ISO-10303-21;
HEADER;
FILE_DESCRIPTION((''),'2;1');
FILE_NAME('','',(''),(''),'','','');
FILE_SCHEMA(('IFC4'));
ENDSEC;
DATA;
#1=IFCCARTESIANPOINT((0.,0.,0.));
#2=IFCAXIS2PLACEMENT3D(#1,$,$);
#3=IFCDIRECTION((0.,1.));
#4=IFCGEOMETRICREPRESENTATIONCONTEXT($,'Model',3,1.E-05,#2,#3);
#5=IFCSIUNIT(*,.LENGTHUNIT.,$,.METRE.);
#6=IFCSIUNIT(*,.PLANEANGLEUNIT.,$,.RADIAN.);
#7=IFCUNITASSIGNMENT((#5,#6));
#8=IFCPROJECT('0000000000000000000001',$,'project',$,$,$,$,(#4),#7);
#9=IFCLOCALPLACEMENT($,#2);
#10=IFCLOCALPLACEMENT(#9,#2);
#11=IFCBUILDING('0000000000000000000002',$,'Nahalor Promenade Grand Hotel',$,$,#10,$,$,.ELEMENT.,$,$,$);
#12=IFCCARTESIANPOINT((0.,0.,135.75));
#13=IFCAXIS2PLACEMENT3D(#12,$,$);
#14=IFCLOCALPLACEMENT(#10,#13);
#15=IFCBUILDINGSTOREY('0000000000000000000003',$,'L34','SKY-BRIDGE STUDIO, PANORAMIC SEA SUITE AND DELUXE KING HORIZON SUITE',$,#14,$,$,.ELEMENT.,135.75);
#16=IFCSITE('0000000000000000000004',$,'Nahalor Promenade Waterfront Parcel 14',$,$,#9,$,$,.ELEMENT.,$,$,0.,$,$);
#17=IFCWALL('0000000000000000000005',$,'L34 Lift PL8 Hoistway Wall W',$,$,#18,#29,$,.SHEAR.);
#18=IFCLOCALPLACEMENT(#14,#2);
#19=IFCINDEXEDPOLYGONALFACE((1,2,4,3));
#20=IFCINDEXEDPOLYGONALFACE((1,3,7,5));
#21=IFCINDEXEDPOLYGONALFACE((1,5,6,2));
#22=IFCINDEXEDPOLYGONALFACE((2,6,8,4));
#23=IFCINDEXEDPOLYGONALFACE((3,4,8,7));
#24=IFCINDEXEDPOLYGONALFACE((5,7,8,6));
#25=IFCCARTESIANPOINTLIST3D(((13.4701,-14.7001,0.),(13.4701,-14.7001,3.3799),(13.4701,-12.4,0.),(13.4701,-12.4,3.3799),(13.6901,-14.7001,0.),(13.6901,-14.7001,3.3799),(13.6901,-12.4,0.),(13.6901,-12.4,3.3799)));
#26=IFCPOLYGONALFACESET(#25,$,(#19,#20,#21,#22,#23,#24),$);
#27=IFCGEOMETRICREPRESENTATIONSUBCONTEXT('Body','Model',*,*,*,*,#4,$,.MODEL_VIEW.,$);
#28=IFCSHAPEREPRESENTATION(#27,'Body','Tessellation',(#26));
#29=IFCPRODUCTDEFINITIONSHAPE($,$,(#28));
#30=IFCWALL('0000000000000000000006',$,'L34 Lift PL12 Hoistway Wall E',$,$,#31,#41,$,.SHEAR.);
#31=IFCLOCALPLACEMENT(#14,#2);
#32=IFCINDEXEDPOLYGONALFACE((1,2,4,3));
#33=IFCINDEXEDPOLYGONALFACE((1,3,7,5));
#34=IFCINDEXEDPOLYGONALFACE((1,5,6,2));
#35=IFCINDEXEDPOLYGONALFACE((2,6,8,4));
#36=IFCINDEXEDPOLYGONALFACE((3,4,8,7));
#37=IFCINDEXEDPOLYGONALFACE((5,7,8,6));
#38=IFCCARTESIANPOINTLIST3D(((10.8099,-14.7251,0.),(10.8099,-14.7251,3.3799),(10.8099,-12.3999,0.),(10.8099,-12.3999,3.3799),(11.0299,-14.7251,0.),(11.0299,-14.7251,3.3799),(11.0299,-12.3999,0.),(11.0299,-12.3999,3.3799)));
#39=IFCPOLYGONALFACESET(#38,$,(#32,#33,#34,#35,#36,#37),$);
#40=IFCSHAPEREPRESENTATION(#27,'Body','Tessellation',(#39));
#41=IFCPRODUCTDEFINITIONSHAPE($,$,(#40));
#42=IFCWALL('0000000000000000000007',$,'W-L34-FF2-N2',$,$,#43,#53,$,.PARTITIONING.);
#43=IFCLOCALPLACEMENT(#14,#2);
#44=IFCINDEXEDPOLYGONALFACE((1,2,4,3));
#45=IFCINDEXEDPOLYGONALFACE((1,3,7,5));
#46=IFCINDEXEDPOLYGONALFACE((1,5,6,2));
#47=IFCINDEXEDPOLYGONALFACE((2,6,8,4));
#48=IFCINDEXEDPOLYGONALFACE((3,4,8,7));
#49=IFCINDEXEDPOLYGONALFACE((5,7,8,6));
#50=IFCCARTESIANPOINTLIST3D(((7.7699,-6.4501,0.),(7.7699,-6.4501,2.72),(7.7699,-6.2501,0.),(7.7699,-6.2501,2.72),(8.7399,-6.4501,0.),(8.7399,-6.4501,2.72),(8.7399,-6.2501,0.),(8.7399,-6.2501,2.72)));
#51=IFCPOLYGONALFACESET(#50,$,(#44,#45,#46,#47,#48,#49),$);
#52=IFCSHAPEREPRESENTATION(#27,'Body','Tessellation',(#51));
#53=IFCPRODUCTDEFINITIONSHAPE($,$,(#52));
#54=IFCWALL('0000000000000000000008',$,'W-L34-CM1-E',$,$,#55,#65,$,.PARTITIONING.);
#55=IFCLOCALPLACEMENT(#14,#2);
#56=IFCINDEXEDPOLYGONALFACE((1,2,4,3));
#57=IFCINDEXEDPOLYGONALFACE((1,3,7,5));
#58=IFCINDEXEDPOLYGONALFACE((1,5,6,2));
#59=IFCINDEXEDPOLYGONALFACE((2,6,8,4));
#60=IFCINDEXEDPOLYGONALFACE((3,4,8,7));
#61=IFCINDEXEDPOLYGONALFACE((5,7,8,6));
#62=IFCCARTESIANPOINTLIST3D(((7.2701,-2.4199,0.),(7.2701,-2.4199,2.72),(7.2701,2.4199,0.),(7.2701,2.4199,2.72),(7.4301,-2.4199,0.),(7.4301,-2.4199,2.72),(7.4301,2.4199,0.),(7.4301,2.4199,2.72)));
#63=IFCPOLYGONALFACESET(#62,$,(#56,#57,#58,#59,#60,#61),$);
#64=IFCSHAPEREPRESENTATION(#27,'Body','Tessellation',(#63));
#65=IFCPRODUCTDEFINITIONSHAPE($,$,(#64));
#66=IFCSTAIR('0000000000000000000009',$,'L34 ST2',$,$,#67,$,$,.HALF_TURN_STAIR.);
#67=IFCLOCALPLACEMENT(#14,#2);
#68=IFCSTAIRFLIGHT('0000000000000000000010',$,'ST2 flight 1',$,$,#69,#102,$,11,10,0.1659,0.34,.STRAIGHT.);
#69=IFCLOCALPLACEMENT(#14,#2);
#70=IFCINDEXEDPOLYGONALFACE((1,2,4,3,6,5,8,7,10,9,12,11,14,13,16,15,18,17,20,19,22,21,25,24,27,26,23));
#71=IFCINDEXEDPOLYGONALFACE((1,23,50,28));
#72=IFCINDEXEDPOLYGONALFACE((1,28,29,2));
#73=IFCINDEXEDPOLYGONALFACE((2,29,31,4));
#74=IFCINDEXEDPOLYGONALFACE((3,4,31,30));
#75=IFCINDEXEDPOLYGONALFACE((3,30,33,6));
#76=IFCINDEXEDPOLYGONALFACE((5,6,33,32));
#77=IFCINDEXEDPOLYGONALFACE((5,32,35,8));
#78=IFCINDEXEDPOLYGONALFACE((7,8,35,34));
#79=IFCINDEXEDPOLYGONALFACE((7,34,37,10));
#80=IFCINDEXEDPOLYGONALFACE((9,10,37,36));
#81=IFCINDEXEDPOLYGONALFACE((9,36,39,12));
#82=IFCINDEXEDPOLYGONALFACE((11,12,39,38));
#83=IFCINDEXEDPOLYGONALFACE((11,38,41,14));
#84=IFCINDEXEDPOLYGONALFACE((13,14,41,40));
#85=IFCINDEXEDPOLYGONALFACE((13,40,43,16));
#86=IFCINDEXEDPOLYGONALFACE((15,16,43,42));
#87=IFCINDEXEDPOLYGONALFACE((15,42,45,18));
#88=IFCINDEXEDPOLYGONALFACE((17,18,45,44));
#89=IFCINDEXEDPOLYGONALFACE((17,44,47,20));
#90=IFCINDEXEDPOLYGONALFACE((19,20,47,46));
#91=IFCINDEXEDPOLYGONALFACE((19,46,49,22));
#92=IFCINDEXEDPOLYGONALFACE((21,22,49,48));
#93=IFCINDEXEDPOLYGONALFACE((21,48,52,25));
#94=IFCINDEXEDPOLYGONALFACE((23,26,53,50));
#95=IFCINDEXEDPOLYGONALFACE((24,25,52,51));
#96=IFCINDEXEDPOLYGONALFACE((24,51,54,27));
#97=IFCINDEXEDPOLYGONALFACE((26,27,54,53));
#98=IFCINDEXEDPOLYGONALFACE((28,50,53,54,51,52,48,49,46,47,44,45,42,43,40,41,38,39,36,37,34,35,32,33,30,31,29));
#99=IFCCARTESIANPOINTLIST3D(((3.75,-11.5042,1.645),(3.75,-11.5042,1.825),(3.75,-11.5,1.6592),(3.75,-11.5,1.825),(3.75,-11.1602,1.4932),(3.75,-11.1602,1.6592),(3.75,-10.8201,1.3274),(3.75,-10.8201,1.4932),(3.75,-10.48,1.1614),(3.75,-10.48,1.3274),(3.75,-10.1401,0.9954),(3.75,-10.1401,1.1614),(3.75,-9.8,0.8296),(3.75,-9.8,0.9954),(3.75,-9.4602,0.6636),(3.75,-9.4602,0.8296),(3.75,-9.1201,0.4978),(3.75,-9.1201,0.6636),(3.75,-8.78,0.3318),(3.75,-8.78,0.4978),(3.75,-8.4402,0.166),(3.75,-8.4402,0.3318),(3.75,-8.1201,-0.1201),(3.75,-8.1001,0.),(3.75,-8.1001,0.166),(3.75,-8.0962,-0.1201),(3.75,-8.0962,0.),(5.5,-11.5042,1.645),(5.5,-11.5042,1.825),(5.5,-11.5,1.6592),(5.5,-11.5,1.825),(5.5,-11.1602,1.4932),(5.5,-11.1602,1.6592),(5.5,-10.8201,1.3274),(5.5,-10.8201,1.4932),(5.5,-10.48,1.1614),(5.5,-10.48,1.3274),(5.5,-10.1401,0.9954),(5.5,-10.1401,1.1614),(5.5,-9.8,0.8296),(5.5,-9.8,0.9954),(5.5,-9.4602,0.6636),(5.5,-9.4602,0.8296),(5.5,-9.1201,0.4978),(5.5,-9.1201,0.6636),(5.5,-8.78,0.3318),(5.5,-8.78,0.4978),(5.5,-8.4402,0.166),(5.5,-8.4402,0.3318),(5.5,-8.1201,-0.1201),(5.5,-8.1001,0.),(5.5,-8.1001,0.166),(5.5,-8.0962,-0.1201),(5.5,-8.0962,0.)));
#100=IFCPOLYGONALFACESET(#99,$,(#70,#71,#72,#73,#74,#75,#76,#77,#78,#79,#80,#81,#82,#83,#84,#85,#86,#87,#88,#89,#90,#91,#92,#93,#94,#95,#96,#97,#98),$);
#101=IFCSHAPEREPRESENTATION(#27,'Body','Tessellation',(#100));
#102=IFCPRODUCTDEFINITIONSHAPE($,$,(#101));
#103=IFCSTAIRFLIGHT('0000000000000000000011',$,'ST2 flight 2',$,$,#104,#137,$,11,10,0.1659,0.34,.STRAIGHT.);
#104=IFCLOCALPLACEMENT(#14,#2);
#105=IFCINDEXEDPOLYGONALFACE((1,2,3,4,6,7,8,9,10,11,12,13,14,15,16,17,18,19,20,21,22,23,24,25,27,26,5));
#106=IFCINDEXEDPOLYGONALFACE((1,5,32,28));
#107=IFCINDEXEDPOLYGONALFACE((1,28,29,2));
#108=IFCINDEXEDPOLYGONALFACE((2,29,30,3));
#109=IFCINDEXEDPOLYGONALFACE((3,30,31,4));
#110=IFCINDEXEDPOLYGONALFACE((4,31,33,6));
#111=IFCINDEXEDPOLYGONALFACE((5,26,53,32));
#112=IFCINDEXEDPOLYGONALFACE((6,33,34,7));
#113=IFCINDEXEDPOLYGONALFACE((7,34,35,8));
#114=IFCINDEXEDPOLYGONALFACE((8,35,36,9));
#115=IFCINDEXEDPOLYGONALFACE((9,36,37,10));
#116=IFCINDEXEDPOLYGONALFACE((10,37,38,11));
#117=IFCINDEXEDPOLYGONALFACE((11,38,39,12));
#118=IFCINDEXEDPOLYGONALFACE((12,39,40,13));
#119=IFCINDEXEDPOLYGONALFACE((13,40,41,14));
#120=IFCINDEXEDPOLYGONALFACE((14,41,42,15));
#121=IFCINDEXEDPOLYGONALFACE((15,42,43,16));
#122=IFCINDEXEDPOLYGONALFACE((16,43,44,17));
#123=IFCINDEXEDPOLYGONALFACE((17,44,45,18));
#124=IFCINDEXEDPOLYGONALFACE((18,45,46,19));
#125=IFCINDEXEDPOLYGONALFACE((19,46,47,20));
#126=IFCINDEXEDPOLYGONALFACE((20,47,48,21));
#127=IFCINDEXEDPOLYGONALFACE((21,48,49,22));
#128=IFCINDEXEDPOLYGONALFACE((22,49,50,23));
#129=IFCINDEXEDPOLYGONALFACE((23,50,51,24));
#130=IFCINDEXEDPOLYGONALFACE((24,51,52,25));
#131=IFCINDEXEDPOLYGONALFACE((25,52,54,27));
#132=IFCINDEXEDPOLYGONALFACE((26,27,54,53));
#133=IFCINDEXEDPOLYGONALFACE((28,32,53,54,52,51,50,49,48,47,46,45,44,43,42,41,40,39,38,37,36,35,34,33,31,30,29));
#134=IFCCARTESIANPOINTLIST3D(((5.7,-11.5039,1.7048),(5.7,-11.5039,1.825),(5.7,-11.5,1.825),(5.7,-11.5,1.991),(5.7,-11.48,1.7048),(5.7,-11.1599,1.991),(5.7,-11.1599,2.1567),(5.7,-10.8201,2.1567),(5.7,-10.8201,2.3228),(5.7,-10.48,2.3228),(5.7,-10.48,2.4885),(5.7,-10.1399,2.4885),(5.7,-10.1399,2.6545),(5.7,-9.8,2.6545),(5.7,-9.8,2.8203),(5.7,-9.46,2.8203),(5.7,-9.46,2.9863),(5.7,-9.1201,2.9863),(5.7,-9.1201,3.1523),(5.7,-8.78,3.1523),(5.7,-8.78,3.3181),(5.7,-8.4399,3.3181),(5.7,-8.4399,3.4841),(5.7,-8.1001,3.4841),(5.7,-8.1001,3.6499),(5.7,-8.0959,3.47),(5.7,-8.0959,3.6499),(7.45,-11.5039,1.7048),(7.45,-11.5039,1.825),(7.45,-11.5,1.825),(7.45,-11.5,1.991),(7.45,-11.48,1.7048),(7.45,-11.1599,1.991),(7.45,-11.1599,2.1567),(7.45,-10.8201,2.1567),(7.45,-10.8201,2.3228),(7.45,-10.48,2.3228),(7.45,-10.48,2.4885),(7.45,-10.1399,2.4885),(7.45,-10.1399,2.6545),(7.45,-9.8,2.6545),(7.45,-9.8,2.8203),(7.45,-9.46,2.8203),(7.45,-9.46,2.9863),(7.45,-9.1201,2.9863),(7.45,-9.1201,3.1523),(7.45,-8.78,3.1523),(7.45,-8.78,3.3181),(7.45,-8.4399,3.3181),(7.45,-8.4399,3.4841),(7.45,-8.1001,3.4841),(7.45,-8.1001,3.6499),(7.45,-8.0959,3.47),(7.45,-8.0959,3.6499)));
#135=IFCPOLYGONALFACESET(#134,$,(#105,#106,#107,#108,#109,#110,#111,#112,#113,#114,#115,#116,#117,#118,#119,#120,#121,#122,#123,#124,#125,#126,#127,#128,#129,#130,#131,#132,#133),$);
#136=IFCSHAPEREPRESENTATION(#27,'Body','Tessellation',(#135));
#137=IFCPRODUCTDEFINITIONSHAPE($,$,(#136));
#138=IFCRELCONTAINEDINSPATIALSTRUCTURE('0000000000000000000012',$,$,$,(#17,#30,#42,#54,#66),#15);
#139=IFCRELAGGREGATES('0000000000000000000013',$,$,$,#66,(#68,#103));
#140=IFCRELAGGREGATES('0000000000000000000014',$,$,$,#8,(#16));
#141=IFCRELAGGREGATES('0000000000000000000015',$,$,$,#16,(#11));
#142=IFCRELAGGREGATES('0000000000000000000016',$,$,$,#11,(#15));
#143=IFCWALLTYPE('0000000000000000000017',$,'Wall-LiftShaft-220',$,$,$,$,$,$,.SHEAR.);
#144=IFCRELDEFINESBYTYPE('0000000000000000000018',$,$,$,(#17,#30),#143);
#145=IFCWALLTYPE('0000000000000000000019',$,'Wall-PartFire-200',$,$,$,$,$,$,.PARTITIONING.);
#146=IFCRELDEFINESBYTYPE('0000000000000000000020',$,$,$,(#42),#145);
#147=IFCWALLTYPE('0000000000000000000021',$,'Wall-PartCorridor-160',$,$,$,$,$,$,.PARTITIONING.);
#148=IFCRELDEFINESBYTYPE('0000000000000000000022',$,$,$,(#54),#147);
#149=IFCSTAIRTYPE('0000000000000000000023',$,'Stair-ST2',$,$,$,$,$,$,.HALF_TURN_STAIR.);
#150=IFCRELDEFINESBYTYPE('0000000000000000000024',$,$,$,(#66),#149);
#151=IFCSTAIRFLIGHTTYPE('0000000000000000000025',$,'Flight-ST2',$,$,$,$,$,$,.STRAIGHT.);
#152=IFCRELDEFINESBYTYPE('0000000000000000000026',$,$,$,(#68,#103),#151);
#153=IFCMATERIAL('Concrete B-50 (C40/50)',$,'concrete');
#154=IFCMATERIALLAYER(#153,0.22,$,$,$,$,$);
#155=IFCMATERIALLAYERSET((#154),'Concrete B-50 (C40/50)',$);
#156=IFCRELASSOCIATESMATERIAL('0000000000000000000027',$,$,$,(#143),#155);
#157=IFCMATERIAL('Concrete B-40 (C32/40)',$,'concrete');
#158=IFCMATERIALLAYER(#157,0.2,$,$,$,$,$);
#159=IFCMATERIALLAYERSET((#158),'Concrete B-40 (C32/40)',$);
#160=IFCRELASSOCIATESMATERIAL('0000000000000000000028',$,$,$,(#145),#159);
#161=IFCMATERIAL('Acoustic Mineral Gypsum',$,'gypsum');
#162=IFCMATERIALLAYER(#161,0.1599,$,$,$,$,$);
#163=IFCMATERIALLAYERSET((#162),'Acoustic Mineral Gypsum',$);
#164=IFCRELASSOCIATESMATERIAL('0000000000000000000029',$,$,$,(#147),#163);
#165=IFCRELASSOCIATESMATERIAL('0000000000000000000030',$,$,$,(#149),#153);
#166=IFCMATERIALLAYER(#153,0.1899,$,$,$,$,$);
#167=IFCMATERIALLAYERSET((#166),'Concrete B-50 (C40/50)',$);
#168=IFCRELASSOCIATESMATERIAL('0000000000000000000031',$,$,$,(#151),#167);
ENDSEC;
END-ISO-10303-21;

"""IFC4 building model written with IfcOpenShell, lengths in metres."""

from ifc_helpers import new_model, si_unit, direction, frame, frame_2d, origin, place, context, subcontext, project, spatial, polyline, rectangle, outline, extrude, source, transform, mapped, material, layer, layer_set, type_object, element, aggregate, save


model = new_model("IFC4")

# Units and contexts
model_context = context("Model", 3, precision=1e-05, world=origin(), true_north=direction((0.0, 1.0)))
body_context = subcontext(model_context, "Body", "Model", "MODEL_VIEW")
ifc_project = project(units=[si_unit("LENGTHUNIT", "METRE"), si_unit("PLANEANGLEUNIT", "RADIAN")], contexts=[model_context])

# Site, building, storey
site_placement = place(None, origin())
site = spatial("IfcSite", under=ifc_project, at=site_placement, Name="Nahalor Promenade Waterfront Parcel 14", CompositionType="ELEMENT", RefElevation=0.0)
building_placement = place(site_placement, origin())
building = spatial("IfcBuilding", under=site, at=building_placement, Name="Nahalor Promenade Grand Hotel", CompositionType="ELEMENT")
storey_placement = place(building_placement, frame((0.0, 0.0, 135.75)))
storey = spatial("IfcBuildingStorey", under=building, at=storey_placement, Name="L34", Description="SKY-BRIDGE STUDIO, PANORAMIC SEA SUITE AND DELUXE KING HORIZON SUITE", CompositionType="ELEMENT", Elevation=135.75)

# Walls
ifc_material_1 = material(Name="Concrete B-50 (C40/50)", Category="concrete")
ifc_layer_1 = layer(ifc_material_1, 0.22)
ifc_layer_set_1 = layer_set([ifc_layer_1], Name="Concrete B-50 (C40/50)")
wall_type_1 = type_object("IfcWallType", Name="Wall-LiftShaft-220", PredefinedType="SHEAR", material=ifc_layer_set_1)
shared_shape_1 = source(origin(), body_context, "Body", "SweptSolid", [
    extrude(rectangle(XDim=2.3, YDim=0.22, at=frame_2d((1.1499, 0.0))), origin(), (0.0, 0.0, 1.0), 3.3799),
])
wall_1_placement = place(storey_placement, frame((13.5801, -14.7, 0.0), z_axis=(0.0, 0.0, 1.0), x_axis=(0.0, 1.0, 0.0)))
element("IfcWall", 1, at=wall_1_placement, inside=storey, type_object=wall_type_1, Name="L34 Lift PL8 Hoistway Wall W", PredefinedType="SHEAR", context=body_context, shape_type="MappedRepresentation", body=[
    mapped(shared_shape_1, transform((0.0, 0.0, 0.0), scale=1.0)),
])
shared_shape_2 = source(origin(), body_context, "Body", "SweptSolid", [
    extrude(rectangle(XDim=2.3252, YDim=0.22, at=frame_2d((1.1626, 0.0))), origin(), (0.0, 0.0, 1.0), 3.3799),
])
wall_2_placement = place(storey_placement, frame((10.9199, -14.7251, 0.0), z_axis=(0.0, 0.0, 1.0), x_axis=(0.0, 1.0, 0.0)))
element("IfcWall", 2, at=wall_2_placement, inside=storey, type_object=wall_type_1, Name="L34 Lift PL12 Hoistway Wall E", PredefinedType="SHEAR", context=body_context, shape_type="MappedRepresentation", body=[
    mapped(shared_shape_2, transform((0.0, 0.0, 0.0), scale=1.0)),
])

# Shared definitions
ifc_material_2 = material(Name="Concrete B-40 (C32/40)", Category="concrete")
ifc_layer_2 = layer(ifc_material_2, 0.2)
ifc_layer_set_2 = layer_set([ifc_layer_2], Name="Concrete B-40 (C32/40)")
wall_type_2 = type_object("IfcWallType", Name="Wall-PartFire-200", PredefinedType="PARTITIONING", material=ifc_layer_set_2)

# Walls
shared_shape_3 = source(origin(), body_context, "Body", "SweptSolid", [
    extrude(rectangle(XDim=0.97, YDim=0.2, at=frame_2d((0.4849, 0.0))), origin(), (0.0, 0.0, 1.0), 2.72),
])
wall_3_placement = place(storey_placement, frame((7.77, -6.3501, 0.0), z_axis=(0.0, 0.0, 1.0), x_axis=(1.0, 0.0, 0.0)))
element("IfcWall", 3, at=wall_3_placement, inside=storey, type_object=wall_type_2, Name="W-L34-FF2-N2", PredefinedType="PARTITIONING", context=body_context, shape_type="MappedRepresentation", body=[
    mapped(shared_shape_3, transform((0.0, 0.0, 0.0), scale=1.0)),
])
ifc_material_3 = material(Name="Acoustic Mineral Gypsum", Category="gypsum")
ifc_layer_3 = layer(ifc_material_3, 0.1599)
ifc_layer_set_3 = layer_set([ifc_layer_3], Name="Acoustic Mineral Gypsum")
wall_type_3 = type_object("IfcWallType", Name="Wall-PartCorridor-160", PredefinedType="PARTITIONING", material=ifc_layer_set_3)
shared_shape_4 = source(origin(), body_context, "Body", "SweptSolid", [
    extrude(rectangle(XDim=4.8398, YDim=0.1599, at=frame_2d((2.4199, 0.0))), origin(), (0.0, 0.0, 1.0), 2.72),
])
wall_4_placement = place(storey_placement, frame((7.3501, -2.4199, 0.0), z_axis=(0.0, 0.0, 1.0), x_axis=(0.0, 1.0, 0.0)))
element("IfcWall", 4, at=wall_4_placement, inside=storey, type_object=wall_type_3, Name="W-L34-CM1-E", PredefinedType="PARTITIONING", context=body_context, shape_type="MappedRepresentation", body=[
    mapped(shared_shape_4, transform((0.0, 0.0, 0.0), scale=1.0)),
])

# Stair, stair flights
stair_type = type_object("IfcStairType", Name="Stair-ST2", PredefinedType="HALF_TURN_STAIR", material=ifc_material_1)
stair_placement = place(storey_placement, origin())
stair = element("IfcStair", 5, at=stair_placement, inside=storey, type_object=stair_type, Name="L34 ST2", PredefinedType="HALF_TURN_STAIR")
ifc_layer_4 = layer(ifc_material_1, 0.1899)
ifc_layer_set_4 = layer_set([ifc_layer_4], Name="Concrete B-50 (C40/50)")
stair_flight_type = type_object("IfcStairFlightType", Name="Flight-ST2", PredefinedType="STRAIGHT", material=ifc_layer_set_4)
shared_shape_5 = source(origin(), body_context, "Body", "SweptSolid", [
    extrude(outline(polyline([(-0.0039, -0.1201), (-0.0039, 0.0), (0.0, 0.0), (0.0, 0.166), (0.3401, 0.166), (0.3401, 0.3318), (0.6799, 0.3318), (0.6799, 0.4978), (1.02, 0.4978), (1.02, 0.6636), (1.3601, 0.6636), (1.3601, 0.8296), (1.7, 0.8296), (1.7, 0.9954), (2.04, 0.9954), (2.04, 1.1614), (2.3799, 1.1614), (2.3799, 1.3274), (2.72, 1.3274), (2.72, 1.4932), (3.0601, 1.4932), (3.0601, 1.6592), (3.3999, 1.6592), (3.3999, 1.825), (3.4041, 1.825), (3.4041, 1.645), (0.02, -0.1201), (-0.0039, -0.1201)])), frame((0.0, 0.875, 0.0), z_axis=(0.0, -1.0, 0.0), x_axis=(1.0, 0.0, 0.0)), (0.0, 0.0, 1.0), 1.75),
])
stair_flight_1_placement = place(storey_placement, frame((4.625, -8.1001, 0.0), z_axis=(0.0, 0.0, 1.0), x_axis=(0.0, -1.0, 0.0)))
stair_flight_1 = element("IfcStairFlight", 6, at=stair_flight_1_placement, type_object=stair_flight_type, Name="ST2 flight 1", NumberOfRisers=11, NumberOfTreads=10, PredefinedType="STRAIGHT", RiserHeight=0.1659, TreadLength=0.34, context=body_context, shape_type="MappedRepresentation", body=[
    mapped(shared_shape_5, transform((0.0, 0.0, 0.0), scale=1.0)),
])
stair_flight_2_placement = place(storey_placement, frame((6.575, -11.5, 1.825), z_axis=(0.0, 0.0, 1.0), x_axis=(0.0, 1.0, 0.0)))
stair_flight_2 = element("IfcStairFlight", 7, at=stair_flight_2_placement, type_object=stair_flight_type, Name="ST2 flight 2", NumberOfRisers=11, NumberOfTreads=10, PredefinedType="STRAIGHT", RiserHeight=0.1659, TreadLength=0.34, context=body_context, shape_type="MappedRepresentation", body=[
    mapped(shared_shape_5, transform((0.0, 0.0, 0.0), scale=1.0)),
])
aggregate(stair, [stair_flight_1, stair_flight_2])

save(model, "model.ifc")
